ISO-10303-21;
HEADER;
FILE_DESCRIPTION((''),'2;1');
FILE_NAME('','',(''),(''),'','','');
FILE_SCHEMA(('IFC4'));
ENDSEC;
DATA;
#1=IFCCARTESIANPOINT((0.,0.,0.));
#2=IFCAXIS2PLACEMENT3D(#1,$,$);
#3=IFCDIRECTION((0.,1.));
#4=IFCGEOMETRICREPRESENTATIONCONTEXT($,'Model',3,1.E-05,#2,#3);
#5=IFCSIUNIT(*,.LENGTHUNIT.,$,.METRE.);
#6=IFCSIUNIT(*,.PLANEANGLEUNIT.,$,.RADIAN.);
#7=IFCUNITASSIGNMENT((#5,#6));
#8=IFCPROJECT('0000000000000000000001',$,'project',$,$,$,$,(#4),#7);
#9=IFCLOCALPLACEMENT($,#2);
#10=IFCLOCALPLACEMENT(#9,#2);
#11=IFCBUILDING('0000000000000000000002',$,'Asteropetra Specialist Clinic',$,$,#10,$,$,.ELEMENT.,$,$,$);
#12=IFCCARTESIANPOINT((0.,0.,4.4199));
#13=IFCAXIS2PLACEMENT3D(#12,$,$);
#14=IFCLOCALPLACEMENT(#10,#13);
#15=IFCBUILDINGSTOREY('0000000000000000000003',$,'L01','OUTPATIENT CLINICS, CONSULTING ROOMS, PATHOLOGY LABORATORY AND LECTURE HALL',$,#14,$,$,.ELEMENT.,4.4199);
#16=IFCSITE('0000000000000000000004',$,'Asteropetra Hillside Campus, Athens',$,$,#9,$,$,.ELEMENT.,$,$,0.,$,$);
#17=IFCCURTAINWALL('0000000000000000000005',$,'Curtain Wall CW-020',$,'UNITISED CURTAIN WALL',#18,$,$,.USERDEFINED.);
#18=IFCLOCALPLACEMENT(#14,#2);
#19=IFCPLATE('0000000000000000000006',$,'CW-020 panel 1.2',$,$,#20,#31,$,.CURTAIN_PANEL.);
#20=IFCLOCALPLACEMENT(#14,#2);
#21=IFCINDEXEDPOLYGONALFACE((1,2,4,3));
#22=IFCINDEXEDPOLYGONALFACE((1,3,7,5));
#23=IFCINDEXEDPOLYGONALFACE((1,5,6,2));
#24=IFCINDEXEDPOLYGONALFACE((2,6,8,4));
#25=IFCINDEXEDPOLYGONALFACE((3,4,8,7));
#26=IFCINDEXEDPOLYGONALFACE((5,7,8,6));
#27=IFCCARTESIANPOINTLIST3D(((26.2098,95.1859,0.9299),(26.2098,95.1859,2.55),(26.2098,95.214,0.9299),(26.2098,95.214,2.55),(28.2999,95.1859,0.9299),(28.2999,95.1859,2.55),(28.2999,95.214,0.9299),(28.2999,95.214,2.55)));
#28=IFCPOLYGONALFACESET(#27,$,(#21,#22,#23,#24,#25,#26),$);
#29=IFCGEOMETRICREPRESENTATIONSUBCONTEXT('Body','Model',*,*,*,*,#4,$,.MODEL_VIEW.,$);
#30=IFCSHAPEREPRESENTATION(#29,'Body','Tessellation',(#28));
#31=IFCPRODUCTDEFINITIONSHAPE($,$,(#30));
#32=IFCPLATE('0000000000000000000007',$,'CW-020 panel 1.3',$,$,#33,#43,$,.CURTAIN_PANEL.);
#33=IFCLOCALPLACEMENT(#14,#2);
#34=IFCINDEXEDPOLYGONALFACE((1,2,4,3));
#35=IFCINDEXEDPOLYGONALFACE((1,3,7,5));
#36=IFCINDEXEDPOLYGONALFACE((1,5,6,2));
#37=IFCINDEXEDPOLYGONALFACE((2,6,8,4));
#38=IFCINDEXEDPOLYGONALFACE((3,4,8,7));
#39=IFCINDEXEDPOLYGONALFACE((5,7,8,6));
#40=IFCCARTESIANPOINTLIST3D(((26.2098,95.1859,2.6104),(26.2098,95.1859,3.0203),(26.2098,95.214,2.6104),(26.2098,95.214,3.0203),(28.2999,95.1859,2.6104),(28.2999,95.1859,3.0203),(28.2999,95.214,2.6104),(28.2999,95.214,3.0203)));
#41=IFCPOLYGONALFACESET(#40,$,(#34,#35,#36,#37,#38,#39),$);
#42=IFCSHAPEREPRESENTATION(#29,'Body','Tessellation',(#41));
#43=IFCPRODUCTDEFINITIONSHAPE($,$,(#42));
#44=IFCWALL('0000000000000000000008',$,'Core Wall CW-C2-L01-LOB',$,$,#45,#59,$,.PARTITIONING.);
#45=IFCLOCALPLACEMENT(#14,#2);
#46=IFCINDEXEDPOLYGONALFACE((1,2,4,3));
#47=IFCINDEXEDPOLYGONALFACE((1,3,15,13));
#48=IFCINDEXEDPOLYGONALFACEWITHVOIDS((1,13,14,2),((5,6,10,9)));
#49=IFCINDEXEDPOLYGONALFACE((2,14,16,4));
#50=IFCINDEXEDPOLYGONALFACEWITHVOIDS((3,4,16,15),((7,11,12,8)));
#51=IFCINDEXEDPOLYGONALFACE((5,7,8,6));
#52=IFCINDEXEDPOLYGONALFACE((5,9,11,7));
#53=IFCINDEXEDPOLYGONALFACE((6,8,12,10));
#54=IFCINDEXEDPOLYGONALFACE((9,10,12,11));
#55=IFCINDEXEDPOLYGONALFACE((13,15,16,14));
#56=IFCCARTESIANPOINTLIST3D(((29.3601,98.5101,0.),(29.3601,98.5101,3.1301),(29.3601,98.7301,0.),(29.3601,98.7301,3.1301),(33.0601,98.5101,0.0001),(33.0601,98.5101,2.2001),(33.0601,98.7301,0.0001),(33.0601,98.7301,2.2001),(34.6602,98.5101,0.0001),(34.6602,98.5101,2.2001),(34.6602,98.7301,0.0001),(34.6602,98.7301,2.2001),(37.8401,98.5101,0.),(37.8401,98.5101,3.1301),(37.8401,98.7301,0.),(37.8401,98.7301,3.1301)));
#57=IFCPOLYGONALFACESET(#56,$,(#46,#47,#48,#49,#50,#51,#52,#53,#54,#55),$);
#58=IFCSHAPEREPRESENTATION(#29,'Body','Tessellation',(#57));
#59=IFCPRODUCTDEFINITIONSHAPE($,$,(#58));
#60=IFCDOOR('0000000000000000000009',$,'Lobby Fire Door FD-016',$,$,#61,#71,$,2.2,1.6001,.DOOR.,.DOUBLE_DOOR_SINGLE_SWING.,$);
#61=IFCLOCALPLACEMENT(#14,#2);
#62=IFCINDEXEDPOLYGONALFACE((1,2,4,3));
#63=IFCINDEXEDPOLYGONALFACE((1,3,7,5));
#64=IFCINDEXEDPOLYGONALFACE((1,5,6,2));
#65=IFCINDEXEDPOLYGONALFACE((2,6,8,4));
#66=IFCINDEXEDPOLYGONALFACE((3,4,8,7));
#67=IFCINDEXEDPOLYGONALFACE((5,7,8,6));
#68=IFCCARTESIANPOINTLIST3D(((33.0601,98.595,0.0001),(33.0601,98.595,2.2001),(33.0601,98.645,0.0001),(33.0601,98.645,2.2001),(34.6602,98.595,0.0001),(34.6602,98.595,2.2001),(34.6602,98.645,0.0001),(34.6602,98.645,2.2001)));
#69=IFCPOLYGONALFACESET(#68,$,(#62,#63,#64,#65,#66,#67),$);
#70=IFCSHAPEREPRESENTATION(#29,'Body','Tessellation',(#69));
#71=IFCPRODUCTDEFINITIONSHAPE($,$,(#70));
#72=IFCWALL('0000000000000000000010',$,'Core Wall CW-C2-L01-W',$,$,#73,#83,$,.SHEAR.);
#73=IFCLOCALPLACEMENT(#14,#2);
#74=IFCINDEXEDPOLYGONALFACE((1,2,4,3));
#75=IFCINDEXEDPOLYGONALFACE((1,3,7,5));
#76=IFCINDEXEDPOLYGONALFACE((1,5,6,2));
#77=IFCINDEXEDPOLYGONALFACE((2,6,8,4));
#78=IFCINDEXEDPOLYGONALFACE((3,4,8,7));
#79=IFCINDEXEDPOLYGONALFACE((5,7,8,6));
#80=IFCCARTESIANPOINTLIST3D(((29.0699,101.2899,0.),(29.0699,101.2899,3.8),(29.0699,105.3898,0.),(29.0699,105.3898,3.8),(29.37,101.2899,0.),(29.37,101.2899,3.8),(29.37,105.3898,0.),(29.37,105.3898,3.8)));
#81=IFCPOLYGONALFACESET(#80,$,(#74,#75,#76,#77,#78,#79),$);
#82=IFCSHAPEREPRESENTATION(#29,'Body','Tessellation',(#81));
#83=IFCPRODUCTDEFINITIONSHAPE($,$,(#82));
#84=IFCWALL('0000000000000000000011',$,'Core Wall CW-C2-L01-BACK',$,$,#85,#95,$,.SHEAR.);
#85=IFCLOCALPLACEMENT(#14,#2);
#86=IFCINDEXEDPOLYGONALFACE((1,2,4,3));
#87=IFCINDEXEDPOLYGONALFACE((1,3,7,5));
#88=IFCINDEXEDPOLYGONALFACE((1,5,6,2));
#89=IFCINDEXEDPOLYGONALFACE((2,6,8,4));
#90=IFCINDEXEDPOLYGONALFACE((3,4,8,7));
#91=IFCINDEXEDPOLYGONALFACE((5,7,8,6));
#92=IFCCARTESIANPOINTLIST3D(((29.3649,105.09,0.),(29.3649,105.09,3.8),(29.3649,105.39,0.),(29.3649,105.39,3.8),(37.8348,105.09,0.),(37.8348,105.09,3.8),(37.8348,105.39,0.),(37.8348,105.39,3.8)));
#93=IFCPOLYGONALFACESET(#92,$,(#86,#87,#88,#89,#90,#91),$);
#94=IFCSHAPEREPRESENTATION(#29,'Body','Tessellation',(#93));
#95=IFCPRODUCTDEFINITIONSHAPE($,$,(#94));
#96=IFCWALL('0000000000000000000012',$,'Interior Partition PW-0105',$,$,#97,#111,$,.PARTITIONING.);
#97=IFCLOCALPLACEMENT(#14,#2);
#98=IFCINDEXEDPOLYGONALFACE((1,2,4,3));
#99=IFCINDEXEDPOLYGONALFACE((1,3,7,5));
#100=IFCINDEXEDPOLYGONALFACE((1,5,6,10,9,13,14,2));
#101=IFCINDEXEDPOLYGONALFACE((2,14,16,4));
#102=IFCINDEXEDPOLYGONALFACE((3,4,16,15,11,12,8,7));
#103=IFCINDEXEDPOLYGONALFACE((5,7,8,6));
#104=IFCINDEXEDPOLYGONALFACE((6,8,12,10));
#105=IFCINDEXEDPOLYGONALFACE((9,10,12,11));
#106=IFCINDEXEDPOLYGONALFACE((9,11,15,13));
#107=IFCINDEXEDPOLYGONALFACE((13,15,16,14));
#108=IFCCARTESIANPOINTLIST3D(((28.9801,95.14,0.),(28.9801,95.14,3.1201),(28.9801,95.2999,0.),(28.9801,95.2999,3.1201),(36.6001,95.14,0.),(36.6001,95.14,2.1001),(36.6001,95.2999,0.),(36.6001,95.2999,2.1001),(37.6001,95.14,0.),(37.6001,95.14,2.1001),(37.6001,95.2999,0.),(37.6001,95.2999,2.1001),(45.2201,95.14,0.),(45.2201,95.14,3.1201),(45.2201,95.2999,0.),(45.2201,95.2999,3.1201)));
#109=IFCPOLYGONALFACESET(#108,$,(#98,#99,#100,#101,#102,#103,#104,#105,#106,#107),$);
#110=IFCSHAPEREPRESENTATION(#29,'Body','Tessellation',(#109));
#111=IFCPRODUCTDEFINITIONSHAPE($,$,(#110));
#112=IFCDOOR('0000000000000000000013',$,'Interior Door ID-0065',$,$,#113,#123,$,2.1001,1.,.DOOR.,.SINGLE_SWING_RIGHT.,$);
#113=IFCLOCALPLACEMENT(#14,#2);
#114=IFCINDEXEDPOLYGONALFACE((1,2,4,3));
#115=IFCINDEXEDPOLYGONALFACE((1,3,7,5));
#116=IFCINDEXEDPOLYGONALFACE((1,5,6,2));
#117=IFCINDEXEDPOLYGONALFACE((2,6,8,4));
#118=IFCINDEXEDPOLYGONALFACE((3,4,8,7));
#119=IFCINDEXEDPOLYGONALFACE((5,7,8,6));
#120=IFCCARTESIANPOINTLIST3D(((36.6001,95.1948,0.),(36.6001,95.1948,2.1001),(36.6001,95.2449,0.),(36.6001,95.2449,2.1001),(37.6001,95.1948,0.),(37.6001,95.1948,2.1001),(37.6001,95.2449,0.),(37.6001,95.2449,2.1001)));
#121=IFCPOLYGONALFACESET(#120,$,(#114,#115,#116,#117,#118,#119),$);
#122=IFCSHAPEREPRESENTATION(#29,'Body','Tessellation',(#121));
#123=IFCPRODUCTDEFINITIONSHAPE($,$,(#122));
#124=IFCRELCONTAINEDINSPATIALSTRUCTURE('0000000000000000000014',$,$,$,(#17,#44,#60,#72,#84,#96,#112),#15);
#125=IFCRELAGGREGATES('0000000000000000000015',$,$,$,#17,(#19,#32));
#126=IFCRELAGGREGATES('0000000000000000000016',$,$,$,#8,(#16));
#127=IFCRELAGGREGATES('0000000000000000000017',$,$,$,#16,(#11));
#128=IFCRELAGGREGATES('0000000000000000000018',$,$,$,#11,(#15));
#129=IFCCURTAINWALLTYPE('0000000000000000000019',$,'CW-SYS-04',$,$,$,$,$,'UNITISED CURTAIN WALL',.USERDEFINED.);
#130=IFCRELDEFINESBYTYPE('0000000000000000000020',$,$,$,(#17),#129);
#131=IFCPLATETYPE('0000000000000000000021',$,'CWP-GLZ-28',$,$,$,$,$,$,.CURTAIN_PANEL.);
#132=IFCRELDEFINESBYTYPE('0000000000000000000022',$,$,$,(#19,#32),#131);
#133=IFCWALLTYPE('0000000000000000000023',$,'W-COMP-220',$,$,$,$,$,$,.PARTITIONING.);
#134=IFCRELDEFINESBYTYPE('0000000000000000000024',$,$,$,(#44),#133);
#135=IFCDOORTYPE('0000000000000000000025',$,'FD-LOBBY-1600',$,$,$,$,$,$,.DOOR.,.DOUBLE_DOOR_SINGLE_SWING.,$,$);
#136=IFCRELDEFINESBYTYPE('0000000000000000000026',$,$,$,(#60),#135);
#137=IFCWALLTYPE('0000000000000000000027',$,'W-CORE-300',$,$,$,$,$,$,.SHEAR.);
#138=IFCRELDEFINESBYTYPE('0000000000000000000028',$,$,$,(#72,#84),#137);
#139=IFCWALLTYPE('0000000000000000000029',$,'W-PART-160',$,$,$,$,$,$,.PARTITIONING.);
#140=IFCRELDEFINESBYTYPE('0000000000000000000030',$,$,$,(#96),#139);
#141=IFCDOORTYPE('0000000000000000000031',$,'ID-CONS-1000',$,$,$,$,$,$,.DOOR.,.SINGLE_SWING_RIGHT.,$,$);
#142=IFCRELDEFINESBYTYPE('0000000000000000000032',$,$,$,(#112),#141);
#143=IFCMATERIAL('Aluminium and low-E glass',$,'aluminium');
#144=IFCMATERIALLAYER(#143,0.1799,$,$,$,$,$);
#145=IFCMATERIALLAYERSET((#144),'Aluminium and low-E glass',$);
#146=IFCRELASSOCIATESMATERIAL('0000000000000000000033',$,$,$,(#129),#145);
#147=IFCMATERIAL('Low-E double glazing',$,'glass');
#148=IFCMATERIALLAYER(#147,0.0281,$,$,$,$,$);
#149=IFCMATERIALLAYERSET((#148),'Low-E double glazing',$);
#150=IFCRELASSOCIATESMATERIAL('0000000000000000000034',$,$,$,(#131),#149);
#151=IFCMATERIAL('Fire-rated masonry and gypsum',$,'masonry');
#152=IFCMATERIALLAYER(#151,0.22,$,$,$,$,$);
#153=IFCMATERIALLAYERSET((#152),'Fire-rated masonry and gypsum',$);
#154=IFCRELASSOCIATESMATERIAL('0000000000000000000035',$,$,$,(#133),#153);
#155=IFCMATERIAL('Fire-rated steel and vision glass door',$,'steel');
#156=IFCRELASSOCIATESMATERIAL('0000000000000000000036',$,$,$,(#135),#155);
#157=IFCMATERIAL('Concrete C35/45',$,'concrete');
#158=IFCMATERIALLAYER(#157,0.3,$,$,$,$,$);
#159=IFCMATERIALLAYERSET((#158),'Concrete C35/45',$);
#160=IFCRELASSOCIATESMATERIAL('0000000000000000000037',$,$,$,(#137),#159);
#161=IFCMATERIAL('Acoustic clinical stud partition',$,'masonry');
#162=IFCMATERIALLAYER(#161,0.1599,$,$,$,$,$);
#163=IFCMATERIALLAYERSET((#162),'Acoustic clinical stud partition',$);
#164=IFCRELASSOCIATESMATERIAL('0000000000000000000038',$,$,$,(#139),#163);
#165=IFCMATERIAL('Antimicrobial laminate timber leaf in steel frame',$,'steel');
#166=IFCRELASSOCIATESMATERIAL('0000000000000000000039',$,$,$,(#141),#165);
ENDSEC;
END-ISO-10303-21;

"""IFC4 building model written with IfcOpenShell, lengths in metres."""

from ifc_helpers import new_model, si_unit, direction, frame, frame_2d, origin, origin_2d, place, context, subcontext, project, spatial, rectangle, extrude, material, layer, layer_set, type_object, element, fill, aggregate, save


model = new_model("IFC4")

# Units and contexts
model_context = context("Model", 3, precision=1e-05, world=origin(), true_north=direction((0.0, 1.0)))
body_context = subcontext(model_context, "Body", "Model", "MODEL_VIEW")
ifc_project = project(units=[si_unit("LENGTHUNIT", "METRE"), si_unit("PLANEANGLEUNIT", "RADIAN")], contexts=[model_context])

# Site, building, storey
site_placement = place(None, origin())
site = spatial("IfcSite", under=ifc_project, at=site_placement, Name="Asteropetra Hillside Campus, Athens", CompositionType="ELEMENT", RefElevation=0.0)
building_placement = place(site_placement, origin())
building = spatial("IfcBuilding", under=site, at=building_placement, Name="Asteropetra Specialist Clinic", CompositionType="ELEMENT")
storey_placement = place(building_placement, frame((0.0, 0.0, 4.4199)))
storey = spatial("IfcBuildingStorey", under=building, at=storey_placement, Name="L01", Description="OUTPATIENT CLINICS, CONSULTING ROOMS, PATHOLOGY LABORATORY AND LECTURE HALL", CompositionType="ELEMENT", Elevation=4.4199)

# Curtain wall
ifc_material_1 = material(Name="Aluminium and low-E glass", Category="aluminium")
ifc_layer_1 = layer(ifc_material_1, 0.1799)
ifc_layer_set_1 = layer_set([ifc_layer_1], Name="Aluminium and low-E glass")
curtain_wall_type = type_object("IfcCurtainWallType", Name="CW-SYS-04", ElementType="UNITISED CURTAIN WALL", PredefinedType="USERDEFINED", material=ifc_layer_set_1)
curtain_wall_placement = place(storey_placement, origin())
curtain_wall = element("IfcCurtainWall", 1, at=curtain_wall_placement, inside=storey, type_object=curtain_wall_type, Name="Curtain Wall CW-020", ObjectType="UNITISED CURTAIN WALL", PredefinedType="USERDEFINED")

# Plates
ifc_material_2 = material(Name="Low-E double glazing", Category="glass")
ifc_layer_2 = layer(ifc_material_2, 0.0281)
ifc_layer_set_2 = layer_set([ifc_layer_2], Name="Low-E double glazing")
plate_type = type_object("IfcPlateType", Name="CWP-GLZ-28", PredefinedType="CURTAIN_PANEL", material=ifc_layer_set_2)
plate_1_placement = place(storey_placement, frame((27.2549, 95.2, 0.9299), z_axis=(0.0, 0.0, 1.0), x_axis=(-1.0, 0.0, 0.0)))
plate_1 = element("IfcPlate", 2, at=plate_1_placement, type_object=plate_type, Name="CW-020 panel 1.2", PredefinedType="CURTAIN_PANEL", context=body_context, shape_type="SweptSolid", body=[
    extrude(rectangle(XDim=2.0901, YDim=0.0281, at=origin_2d()), origin(), (0.0, 0.0, 1.0), 1.6201),
])
plate_2_placement = place(storey_placement, frame((27.2549, 95.2, 2.6104), z_axis=(0.0, 0.0, 1.0), x_axis=(-1.0, 0.0, 0.0)))
plate_2 = element("IfcPlate", 3, at=plate_2_placement, type_object=plate_type, Name="CW-020 panel 1.3", PredefinedType="CURTAIN_PANEL", context=body_context, shape_type="SweptSolid", body=[
    extrude(rectangle(XDim=2.0901, YDim=0.0281, at=origin_2d()), origin(), (0.0, 0.0, 1.0), 0.4099),
])
aggregate(curtain_wall, [plate_1, plate_2])

# Wall, opening, door
ifc_material_3 = material(Name="Fire-rated masonry and gypsum", Category="masonry")
ifc_layer_3 = layer(ifc_material_3, 0.22)
ifc_layer_set_3 = layer_set([ifc_layer_3], Name="Fire-rated masonry and gypsum")
wall_type_1 = type_object("IfcWallType", Name="W-COMP-220", PredefinedType="PARTITIONING", material=ifc_layer_set_3)
wall_1_placement = place(storey_placement, frame((29.3601, 98.6201, 0.0), z_axis=(0.0, 0.0, 1.0), x_axis=(1.0, 0.0, 0.0)))
wall_1 = element("IfcWall", 4, at=wall_1_placement, inside=storey, type_object=wall_type_1, Name="Core Wall CW-C2-L01-LOB", PredefinedType="PARTITIONING", context=body_context, shape_type="SweptSolid", body=[
    extrude(rectangle(XDim=8.48, YDim=0.22, at=frame_2d((4.24, 0.0))), origin(), (0.0, 0.0, 1.0), 3.1301),
])
opening_1_placement = place(wall_1_placement, frame((3.7, 0.0, 0.0)))
opening_1 = element("IfcOpeningElement", 5, at=opening_1_placement, cuts=wall_1, PredefinedType="OPENING", context=body_context, shape_type="SweptSolid", body=[
    extrude(rectangle(XDim=1.6001, YDim=2.2, at=frame_2d((0.8, 1.1001))), frame((0.0, 0.1199, 0.0), z_axis=(0.0, -1.0, 0.0), x_axis=(1.0, 0.0, 0.0)), (0.0, 0.0, 1.0), 0.24),
])
ifc_material_4 = material(Name="Fire-rated steel and vision glass door", Category="steel")
door_type_1 = type_object("IfcDoorType", Name="FD-LOBBY-1600", OperationType="DOUBLE_DOOR_SINGLE_SWING", PredefinedType="DOOR", material=ifc_material_4)
door_1_placement = place(opening_1_placement, origin())
door_1 = element("IfcDoor", 6, at=door_1_placement, inside=storey, type_object=door_type_1, Name="Lobby Fire Door FD-016", OperationType="DOUBLE_DOOR_SINGLE_SWING", OverallHeight=2.2, OverallWidth=1.6001, PredefinedType="DOOR", context=body_context, shape_type="SweptSolid", body=[
    extrude(rectangle(XDim=1.6001, YDim=2.2, at=frame_2d((0.8, 1.1001))), frame((0.0, 0.0249, 0.0), z_axis=(0.0, -1.0, 0.0), x_axis=(1.0, 0.0, 0.0)), (0.0, 0.0, 1.0), 0.05),
])
fill(opening_1, door_1)

# Walls
ifc_material_5 = material(Name="Concrete C35/45", Category="concrete")
ifc_layer_4 = layer(ifc_material_5, 0.3)
ifc_layer_set_4 = layer_set([ifc_layer_4], Name="Concrete C35/45")
wall_type_2 = type_object("IfcWallType", Name="W-CORE-300", PredefinedType="SHEAR", material=ifc_layer_set_4)
wall_2_placement = place(storey_placement, frame((29.22, 101.29, 0.0), z_axis=(0.0, 0.0, 1.0), x_axis=(0.0, 1.0, 0.0)))
element("IfcWall", 7, at=wall_2_placement, inside=storey, type_object=wall_type_2, Name="Core Wall CW-C2-L01-W", PredefinedType="SHEAR", context=body_context, shape_type="SweptSolid", body=[
    extrude(rectangle(XDim=4.0999, YDim=0.3, at=frame_2d((2.0498, 0.0))), origin(), (0.0, 0.0, 1.0), 3.8),
])
wall_3_placement = place(storey_placement, frame((29.365, 105.24, 0.0), z_axis=(0.0, 0.0, 1.0), x_axis=(1.0, 0.0, 0.0)))
element("IfcWall", 8, at=wall_3_placement, inside=storey, type_object=wall_type_2, Name="Core Wall CW-C2-L01-BACK", PredefinedType="SHEAR", context=body_context, shape_type="SweptSolid", body=[
    extrude(rectangle(XDim=8.47, YDim=0.3, at=frame_2d((4.2349, 0.0))), origin(), (0.0, 0.0, 1.0), 3.8),
])

# Wall, opening, door
ifc_material_6 = material(Name="Acoustic clinical stud partition", Category="masonry")
ifc_layer_5 = layer(ifc_material_6, 0.1599)
ifc_layer_set_5 = layer_set([ifc_layer_5], Name="Acoustic clinical stud partition")
wall_type_3 = type_object("IfcWallType", Name="W-PART-160", PredefinedType="PARTITIONING", material=ifc_layer_set_5)
wall_4_placement = place(storey_placement, frame((28.98, 95.22, 0.0), z_axis=(0.0, 0.0, 1.0), x_axis=(1.0, 0.0, 0.0)))
wall_4 = element("IfcWall", 9, at=wall_4_placement, inside=storey, type_object=wall_type_3, Name="Interior Partition PW-0105", PredefinedType="PARTITIONING", context=body_context, shape_type="SweptSolid", body=[
    extrude(rectangle(XDim=16.24, YDim=0.1599, at=frame_2d((8.1201, 0.0))), origin(), (0.0, 0.0, 1.0), 3.1201),
])
opening_2_placement = place(wall_4_placement, frame((7.6201, 0.0, 0.0)))
opening_2 = element("IfcOpeningElement", 10, at=opening_2_placement, cuts=wall_4, PredefinedType="OPENING", context=body_context, shape_type="SweptSolid", body=[
    extrude(rectangle(XDim=1.0, YDim=2.1001, at=frame_2d((0.5, 1.05))), frame((0.0, 0.0898, 0.0), z_axis=(0.0, -1.0, 0.0), x_axis=(1.0, 0.0, 0.0)), (0.0, 0.0, 1.0), 0.1799),
])
ifc_material_7 = material(Name="Antimicrobial laminate timber leaf in steel frame", Category="steel")
door_type_2 = type_object("IfcDoorType", Name="ID-CONS-1000", OperationType="SINGLE_SWING_RIGHT", PredefinedType="DOOR", material=ifc_material_7)
door_2_placement = place(opening_2_placement, origin())
door_2 = element("IfcDoor", 11, at=door_2_placement, inside=storey, type_object=door_type_2, Name="Interior Door ID-0065", OperationType="SINGLE_SWING_RIGHT", OverallHeight=2.1001, OverallWidth=1.0, PredefinedType="DOOR", context=body_context, shape_type="SweptSolid", body=[
    extrude(rectangle(XDim=1.0, YDim=2.1001, at=frame_2d((0.5, 1.05))), frame((0.0, 0.0249, 0.0), z_axis=(0.0, -1.0, 0.0), x_axis=(1.0, 0.0, 0.0)), (0.0, 0.0, 1.0), 0.05),
])
fill(opening_2, door_2)

save(model, "model.ifc")
